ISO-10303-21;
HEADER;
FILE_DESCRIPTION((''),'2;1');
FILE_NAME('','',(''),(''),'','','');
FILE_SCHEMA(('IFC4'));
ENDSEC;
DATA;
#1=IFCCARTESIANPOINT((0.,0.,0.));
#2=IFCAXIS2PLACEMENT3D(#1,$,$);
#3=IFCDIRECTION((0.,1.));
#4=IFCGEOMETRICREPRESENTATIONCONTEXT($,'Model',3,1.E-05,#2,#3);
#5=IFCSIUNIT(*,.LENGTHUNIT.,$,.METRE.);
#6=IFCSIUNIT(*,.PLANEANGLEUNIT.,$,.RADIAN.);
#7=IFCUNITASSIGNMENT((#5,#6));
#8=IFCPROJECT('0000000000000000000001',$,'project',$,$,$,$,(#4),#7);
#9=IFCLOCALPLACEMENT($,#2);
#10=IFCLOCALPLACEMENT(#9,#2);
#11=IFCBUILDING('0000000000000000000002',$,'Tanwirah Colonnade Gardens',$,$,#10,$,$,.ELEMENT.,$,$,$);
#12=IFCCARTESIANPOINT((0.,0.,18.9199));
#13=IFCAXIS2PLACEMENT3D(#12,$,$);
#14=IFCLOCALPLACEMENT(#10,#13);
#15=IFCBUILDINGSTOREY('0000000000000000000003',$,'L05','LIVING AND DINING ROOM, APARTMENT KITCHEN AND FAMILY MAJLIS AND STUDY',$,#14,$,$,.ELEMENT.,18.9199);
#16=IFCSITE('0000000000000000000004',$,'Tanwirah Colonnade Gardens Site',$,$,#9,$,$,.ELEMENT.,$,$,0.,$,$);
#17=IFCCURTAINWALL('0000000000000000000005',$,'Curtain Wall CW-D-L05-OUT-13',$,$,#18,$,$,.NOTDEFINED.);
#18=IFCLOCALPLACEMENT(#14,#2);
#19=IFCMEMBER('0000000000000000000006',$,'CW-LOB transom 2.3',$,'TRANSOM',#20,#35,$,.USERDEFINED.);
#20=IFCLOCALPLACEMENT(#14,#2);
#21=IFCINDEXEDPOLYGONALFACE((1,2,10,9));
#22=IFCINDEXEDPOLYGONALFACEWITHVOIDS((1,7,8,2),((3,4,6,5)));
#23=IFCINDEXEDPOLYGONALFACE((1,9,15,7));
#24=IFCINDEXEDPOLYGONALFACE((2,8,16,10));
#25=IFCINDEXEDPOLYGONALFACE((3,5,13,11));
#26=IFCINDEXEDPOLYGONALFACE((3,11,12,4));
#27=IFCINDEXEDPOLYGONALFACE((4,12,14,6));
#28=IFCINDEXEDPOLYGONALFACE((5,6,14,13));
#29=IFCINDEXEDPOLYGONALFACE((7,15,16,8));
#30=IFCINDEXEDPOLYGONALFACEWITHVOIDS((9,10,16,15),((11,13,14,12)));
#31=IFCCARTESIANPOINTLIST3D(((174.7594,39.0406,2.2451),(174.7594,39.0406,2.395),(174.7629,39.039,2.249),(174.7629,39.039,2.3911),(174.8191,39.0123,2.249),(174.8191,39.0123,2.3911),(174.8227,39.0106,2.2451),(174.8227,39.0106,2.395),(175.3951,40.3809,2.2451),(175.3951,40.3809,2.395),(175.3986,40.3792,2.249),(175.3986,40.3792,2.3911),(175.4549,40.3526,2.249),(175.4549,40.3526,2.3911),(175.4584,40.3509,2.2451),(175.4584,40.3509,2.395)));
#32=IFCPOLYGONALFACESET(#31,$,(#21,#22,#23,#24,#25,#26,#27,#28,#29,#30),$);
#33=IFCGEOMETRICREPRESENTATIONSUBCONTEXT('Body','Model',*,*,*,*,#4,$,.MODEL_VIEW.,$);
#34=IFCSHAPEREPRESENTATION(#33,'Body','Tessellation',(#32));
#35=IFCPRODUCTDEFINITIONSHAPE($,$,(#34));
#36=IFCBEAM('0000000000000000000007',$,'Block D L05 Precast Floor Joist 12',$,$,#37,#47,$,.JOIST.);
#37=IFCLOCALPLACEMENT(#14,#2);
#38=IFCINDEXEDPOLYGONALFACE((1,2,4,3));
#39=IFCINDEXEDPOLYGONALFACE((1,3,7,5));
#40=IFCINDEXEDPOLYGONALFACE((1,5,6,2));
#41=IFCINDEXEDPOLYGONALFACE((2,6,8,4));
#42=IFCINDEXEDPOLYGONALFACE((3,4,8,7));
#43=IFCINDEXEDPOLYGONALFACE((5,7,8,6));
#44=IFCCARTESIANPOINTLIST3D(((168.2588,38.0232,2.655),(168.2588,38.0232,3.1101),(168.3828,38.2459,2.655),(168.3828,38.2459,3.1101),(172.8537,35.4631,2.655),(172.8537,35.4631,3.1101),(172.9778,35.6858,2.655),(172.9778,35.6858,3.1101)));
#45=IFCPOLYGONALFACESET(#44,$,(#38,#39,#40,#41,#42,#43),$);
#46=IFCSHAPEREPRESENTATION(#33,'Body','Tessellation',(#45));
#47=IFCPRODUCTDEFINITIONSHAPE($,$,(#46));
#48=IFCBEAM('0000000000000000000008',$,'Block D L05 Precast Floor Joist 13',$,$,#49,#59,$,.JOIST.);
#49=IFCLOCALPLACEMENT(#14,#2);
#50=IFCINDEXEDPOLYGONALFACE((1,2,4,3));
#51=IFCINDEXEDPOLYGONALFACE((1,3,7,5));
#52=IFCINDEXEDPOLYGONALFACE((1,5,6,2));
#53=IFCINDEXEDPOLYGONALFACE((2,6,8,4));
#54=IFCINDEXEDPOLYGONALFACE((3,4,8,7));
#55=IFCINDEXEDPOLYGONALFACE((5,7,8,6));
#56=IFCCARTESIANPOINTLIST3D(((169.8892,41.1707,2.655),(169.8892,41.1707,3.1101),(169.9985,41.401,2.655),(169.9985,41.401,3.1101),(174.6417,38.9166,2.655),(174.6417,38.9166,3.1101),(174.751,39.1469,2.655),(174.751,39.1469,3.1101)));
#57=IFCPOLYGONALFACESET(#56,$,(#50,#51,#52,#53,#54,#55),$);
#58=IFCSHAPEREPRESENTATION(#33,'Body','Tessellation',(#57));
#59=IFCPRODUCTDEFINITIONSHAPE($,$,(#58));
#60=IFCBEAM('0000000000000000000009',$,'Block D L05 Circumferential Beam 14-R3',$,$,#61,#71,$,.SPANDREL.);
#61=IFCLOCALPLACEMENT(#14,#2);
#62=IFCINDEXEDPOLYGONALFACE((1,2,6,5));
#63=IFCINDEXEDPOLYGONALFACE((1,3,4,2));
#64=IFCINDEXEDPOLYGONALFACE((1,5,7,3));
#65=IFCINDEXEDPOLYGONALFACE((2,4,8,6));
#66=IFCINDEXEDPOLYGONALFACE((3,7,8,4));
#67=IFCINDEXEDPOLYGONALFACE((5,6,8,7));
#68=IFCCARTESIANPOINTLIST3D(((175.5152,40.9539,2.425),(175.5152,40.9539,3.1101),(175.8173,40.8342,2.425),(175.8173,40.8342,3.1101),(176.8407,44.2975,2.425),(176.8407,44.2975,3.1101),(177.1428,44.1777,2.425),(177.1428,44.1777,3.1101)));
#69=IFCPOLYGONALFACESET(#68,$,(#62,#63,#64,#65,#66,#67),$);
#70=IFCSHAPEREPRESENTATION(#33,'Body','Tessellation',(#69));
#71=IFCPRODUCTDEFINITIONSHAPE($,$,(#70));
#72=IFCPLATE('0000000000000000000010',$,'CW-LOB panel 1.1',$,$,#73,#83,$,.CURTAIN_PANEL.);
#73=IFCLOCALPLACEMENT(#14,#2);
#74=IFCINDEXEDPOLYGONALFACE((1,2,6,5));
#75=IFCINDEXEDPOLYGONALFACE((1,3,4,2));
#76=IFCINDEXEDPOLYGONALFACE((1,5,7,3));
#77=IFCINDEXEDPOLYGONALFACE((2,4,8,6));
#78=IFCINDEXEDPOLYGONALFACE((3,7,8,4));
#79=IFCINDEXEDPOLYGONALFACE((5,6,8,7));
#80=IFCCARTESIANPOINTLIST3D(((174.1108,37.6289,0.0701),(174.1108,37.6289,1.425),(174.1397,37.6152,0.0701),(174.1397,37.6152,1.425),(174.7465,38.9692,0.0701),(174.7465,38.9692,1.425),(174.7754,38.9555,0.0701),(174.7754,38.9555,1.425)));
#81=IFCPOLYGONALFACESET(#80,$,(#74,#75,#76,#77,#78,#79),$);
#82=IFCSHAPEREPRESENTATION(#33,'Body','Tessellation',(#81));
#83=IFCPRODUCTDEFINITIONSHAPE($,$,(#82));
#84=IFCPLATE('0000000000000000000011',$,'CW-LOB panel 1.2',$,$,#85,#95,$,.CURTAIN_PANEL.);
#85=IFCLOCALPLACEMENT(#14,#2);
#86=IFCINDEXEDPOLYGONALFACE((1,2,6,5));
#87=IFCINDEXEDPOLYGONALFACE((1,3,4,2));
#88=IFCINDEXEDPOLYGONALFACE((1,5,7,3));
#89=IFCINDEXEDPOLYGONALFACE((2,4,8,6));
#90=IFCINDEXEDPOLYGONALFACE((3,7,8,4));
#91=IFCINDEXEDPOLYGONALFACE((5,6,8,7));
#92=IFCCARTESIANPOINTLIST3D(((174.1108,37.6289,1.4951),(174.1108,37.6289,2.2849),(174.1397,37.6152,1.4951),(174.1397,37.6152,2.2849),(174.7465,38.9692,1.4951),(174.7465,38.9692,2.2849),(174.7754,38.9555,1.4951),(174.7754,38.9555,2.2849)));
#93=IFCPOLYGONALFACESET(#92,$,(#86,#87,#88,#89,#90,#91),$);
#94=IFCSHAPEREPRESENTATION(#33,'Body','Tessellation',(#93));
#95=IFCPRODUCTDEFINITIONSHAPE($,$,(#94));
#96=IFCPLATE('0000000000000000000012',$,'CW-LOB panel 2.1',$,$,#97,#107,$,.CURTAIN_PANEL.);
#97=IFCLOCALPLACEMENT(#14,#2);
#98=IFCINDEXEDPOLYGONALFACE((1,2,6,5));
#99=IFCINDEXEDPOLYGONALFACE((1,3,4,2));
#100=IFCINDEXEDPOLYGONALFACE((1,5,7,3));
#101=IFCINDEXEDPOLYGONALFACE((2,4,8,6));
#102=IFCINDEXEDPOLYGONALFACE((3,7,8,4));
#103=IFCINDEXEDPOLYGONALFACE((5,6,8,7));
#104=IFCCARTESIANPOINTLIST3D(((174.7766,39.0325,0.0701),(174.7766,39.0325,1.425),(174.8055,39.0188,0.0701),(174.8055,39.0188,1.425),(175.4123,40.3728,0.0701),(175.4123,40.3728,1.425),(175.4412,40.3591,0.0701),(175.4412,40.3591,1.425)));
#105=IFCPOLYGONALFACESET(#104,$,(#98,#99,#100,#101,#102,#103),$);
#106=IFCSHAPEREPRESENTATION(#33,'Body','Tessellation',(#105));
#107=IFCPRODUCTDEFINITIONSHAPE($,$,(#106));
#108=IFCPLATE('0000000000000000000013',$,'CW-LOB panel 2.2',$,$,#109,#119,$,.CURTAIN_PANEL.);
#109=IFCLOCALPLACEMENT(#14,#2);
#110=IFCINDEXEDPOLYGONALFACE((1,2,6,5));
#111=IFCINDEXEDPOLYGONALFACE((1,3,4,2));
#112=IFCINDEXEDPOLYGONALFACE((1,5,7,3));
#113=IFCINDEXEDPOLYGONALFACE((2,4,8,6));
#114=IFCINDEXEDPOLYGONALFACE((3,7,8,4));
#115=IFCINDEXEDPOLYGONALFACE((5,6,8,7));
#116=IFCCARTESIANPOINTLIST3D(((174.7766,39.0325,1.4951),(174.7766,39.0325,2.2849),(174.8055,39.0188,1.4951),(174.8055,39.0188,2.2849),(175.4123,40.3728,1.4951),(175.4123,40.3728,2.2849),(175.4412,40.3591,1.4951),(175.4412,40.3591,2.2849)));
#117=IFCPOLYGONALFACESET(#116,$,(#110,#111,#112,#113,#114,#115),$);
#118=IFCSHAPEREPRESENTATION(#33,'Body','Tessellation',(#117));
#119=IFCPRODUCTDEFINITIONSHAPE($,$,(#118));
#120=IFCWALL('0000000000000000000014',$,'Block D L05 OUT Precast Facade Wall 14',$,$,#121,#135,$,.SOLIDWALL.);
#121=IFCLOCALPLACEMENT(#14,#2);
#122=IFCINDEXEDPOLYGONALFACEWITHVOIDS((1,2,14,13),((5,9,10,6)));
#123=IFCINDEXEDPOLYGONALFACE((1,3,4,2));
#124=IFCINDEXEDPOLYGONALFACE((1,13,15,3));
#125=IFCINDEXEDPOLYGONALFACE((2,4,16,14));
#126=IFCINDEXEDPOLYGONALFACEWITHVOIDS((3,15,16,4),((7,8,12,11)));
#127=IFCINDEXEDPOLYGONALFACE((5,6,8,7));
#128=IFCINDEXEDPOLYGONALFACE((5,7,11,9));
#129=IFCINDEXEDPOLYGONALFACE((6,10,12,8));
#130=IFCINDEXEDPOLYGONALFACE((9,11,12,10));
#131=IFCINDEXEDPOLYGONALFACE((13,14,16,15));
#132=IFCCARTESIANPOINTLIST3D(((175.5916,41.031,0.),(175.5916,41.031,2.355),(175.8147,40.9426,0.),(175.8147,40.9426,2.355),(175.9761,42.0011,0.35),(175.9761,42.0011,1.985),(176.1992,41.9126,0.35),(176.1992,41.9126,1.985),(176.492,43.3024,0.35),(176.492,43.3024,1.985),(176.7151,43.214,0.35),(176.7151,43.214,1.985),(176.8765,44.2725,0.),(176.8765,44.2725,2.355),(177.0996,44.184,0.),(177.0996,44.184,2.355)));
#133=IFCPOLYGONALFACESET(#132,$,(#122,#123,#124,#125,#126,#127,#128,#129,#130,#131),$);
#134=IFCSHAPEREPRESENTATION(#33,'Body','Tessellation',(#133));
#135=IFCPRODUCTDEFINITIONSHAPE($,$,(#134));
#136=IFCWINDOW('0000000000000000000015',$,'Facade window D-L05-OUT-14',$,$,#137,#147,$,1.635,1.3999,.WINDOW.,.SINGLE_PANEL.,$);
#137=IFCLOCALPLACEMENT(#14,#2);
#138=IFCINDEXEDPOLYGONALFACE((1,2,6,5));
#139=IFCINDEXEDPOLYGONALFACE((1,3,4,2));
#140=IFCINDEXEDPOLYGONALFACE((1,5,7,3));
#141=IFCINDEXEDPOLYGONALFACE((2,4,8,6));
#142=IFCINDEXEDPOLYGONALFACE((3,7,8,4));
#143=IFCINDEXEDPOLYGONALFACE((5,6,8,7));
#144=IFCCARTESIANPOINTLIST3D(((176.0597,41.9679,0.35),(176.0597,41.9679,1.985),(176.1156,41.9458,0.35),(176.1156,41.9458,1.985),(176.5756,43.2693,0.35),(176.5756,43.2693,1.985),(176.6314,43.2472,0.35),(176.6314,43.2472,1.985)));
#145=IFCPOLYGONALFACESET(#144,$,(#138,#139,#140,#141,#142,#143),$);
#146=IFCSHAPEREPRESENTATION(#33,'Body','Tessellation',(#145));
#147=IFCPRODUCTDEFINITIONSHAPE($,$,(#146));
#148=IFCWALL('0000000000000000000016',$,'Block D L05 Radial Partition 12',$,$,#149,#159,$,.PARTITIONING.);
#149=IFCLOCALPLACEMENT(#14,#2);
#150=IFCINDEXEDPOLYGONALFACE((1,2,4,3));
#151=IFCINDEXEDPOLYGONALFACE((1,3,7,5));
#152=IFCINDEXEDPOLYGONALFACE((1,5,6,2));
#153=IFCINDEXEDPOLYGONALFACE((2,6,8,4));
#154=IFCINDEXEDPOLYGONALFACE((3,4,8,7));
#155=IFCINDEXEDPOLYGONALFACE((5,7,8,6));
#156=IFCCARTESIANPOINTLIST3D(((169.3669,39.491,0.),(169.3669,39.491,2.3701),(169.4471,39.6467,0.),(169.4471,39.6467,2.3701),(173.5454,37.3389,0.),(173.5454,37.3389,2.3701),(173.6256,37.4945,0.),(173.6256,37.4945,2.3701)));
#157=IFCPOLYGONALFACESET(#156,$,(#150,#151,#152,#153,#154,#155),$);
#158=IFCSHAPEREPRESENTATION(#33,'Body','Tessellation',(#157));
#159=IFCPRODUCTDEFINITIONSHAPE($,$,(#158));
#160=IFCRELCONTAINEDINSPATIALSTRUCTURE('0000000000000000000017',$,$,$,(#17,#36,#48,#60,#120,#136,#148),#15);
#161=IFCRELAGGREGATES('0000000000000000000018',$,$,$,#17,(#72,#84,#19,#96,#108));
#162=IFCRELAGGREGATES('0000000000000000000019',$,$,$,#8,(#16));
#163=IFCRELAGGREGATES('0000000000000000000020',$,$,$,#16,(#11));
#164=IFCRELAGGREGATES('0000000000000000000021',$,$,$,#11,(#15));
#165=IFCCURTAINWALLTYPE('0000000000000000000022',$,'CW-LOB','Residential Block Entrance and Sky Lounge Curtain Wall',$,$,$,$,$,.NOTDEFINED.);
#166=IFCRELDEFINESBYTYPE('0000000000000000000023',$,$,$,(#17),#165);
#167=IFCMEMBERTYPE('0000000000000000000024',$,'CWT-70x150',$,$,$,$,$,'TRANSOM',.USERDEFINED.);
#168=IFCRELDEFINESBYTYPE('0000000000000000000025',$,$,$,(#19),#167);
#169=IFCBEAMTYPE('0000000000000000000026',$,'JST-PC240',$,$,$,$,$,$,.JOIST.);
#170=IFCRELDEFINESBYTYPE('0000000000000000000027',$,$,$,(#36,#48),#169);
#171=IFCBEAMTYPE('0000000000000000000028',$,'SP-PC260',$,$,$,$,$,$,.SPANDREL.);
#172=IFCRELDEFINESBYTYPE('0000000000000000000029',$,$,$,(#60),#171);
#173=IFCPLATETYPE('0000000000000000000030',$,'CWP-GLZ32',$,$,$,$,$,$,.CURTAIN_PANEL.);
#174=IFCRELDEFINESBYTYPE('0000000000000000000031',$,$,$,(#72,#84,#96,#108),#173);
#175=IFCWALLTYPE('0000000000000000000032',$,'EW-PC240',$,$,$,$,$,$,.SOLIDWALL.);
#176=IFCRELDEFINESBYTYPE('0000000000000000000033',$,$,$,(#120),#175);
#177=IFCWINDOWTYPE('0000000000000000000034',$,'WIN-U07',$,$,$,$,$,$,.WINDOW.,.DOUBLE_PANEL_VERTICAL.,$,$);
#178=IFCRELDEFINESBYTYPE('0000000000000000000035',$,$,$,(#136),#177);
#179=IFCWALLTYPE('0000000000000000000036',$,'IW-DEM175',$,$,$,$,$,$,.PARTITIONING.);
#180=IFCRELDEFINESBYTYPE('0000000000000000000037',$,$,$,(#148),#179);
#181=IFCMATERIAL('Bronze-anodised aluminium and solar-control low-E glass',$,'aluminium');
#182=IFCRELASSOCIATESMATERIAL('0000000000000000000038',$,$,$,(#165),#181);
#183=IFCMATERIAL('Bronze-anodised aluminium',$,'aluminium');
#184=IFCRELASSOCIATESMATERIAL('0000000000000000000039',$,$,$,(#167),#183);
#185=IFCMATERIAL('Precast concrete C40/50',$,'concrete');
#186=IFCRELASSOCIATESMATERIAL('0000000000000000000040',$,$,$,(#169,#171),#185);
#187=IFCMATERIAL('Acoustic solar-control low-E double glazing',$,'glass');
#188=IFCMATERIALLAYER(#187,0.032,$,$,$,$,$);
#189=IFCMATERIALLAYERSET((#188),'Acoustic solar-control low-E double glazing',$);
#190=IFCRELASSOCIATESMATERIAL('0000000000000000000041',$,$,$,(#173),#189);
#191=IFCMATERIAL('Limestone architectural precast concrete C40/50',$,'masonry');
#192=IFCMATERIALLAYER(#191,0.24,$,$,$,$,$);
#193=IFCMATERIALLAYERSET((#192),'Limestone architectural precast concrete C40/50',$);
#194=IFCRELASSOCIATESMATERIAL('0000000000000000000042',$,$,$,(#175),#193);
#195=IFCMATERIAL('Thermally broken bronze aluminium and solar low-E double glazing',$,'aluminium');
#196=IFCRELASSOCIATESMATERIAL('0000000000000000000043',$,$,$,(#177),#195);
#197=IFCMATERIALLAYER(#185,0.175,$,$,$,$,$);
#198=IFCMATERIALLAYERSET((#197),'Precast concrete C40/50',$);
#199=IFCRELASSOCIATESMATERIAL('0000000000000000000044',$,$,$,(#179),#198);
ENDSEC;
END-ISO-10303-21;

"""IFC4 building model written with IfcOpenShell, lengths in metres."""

from ifc_helpers import new_model, si_unit, direction, frame, frame_2d, origin, origin_2d, place, context, subcontext, project, spatial, rectangle, hollow_rectangle, extrude, material, layer, layer_set, material_profile, profile_set, type_object, element, fill, aggregate, save


model = new_model("IFC4")

# Units and contexts
model_context = context("Model", 3, precision=1e-05, world=origin(), true_north=direction((0.0, 1.0)))
body_context = subcontext(model_context, "Body", "Model", "MODEL_VIEW")
ifc_project = project(units=[si_unit("LENGTHUNIT", "METRE"), si_unit("PLANEANGLEUNIT", "RADIAN")], contexts=[model_context])

# Site, building, storey
site_placement = place(None, origin())
site = spatial("IfcSite", under=ifc_project, at=site_placement, Name="Tanwirah Colonnade Gardens Site", CompositionType="ELEMENT", RefElevation=0.0)
building_placement = place(site_placement, origin())
building = spatial("IfcBuilding", under=site, at=building_placement, Name="Tanwirah Colonnade Gardens", CompositionType="ELEMENT")
storey_placement = place(building_placement, frame((0.0, 0.0, 18.9199)))
storey = spatial("IfcBuildingStorey", under=building, at=storey_placement, Name="L05", Description="LIVING AND DINING ROOM, APARTMENT KITCHEN AND FAMILY MAJLIS AND STUDY", CompositionType="ELEMENT", Elevation=18.9199)

# Shared definitions
ifc_material_1 = material(Name="Precast concrete C40/50", Category="concrete")

# Curtain wall, member
ifc_material_2 = material(Name="Bronze-anodised aluminium and solar-control low-E glass", Category="aluminium")
curtain_wall_type = type_object("IfcCurtainWallType", Name="CW-LOB", Description="Residential Block Entrance and Sky Lounge Curtain Wall", PredefinedType="NOTDEFINED", material=ifc_material_2)
curtain_wall_placement = place(storey_placement, origin())
curtain_wall = element("IfcCurtainWall", 1, at=curtain_wall_placement, inside=storey, type_object=curtain_wall_type, Name="Curtain Wall CW-D-L05-OUT-13", PredefinedType="NOTDEFINED")
ifc_material_3 = material(Name="Bronze-anodised aluminium", Category="aluminium")
ifc_material_profile_1 = material_profile(ifc_material_3, hollow_rectangle(XDim=0.0701, YDim=0.1499, WallThickness=0.0039, at=origin_2d()), Name="CW-TRN 70x150x4")
ifc_profile_set_1 = profile_set([ifc_material_profile_1], Name="Bronze-anodised aluminium")
member_type_1 = type_object("IfcMemberType", Name="CWT-70x150", ElementType="TRANSOM", PredefinedType="USERDEFINED", material=ifc_profile_set_1)
member_1_placement = place(storey_placement, frame((174.791, 39.0256, 2.3201), z_axis=(0.428553, 0.903517, 0.0), x_axis=(-0.903517, 0.428553, 0.0)))
member_1 = element("IfcMember", 2, at=member_1_placement, type_object=member_type_1, Name="CW-LOB transom 2.3", ObjectType="TRANSOM", PredefinedType="USERDEFINED", context=body_context, shape_type="SweptSolid", body=[
    extrude(hollow_rectangle(XDim=0.0701, YDim=0.1499, WallThickness=0.0039, at=origin_2d()), origin(), (0.0, 0.0, 1.0), 1.4834),
])

# Beams
ifc_material_profile_2 = material_profile(ifc_material_1, rectangle(XDim=0.2549, YDim=0.4551, at=origin_2d()), Name="PC-JST 255x455")
ifc_profile_set_2 = profile_set([ifc_material_profile_2], Name="Precast concrete C40/50")
beam_type_1 = type_object("IfcBeamType", Name="JST-PC240", PredefinedType="JOIST", material=ifc_profile_set_2)
for number, where, z_axis, x_axis, name in (
    (3, (168.3208, 38.1345, 2.8826), (0.873568, -0.486703, 0.0), (0.486703, 0.873568, 0.0), "Block D L05 Precast Floor Joist 12"),
    (4, (169.9438, 41.2859, 2.8826), (0.903518, -0.428551, 0.0), (0.428551, 0.903518, 0.0), "Block D L05 Precast Floor Joist 13"),
):
    element("IfcBeam", number, at=place(storey_placement, frame(where, z_axis=z_axis, x_axis=x_axis)), inside=storey, type_object=beam_type_1, Name=name, PredefinedType="JOIST", context=body_context, shape_type="SweptSolid", body=[
        extrude(rectangle(XDim=0.2549, YDim=0.4551, at=origin_2d()), origin(), (0.0, 0.0, 1.0), 5.26),
    ])
ifc_material_profile_3 = material_profile(ifc_material_1, rectangle(XDim=0.325, YDim=0.6851, at=origin_2d()), Name="PC-SP 325x685")
ifc_profile_set_3 = profile_set([ifc_material_profile_3], Name="Precast concrete C40/50")
beam_type_2 = type_object("IfcBeamType", Name="SP-PC260", PredefinedType="SPANDREL", material=ifc_profile_set_3)
beam_1_placement = place(storey_placement, frame((175.6663, 40.894, 2.7676), z_axis=(0.368522, 0.929619, 0.0), x_axis=(-0.929619, 0.368522, 0.0)))
element("IfcBeam", 5, at=beam_1_placement, inside=storey, type_object=beam_type_2, Name="Block D L05 Circumferential Beam 14-R3", PredefinedType="SPANDREL", context=body_context, shape_type="SweptSolid", body=[
    extrude(rectangle(XDim=0.325, YDim=0.6851, at=origin_2d()), origin(), (0.0, 0.0, 1.0), 3.5967),
])

# Plates
ifc_material_4 = material(Name="Acoustic solar-control low-E double glazing", Category="glass")
ifc_layer_1 = layer(ifc_material_4, 0.032)
ifc_layer_set_1 = layer_set([ifc_layer_1], Name="Acoustic solar-control low-E double glazing")
plate_type = type_object("IfcPlateType", Name="CWP-GLZ32", PredefinedType="CURTAIN_PANEL", material=ifc_layer_set_1)
plate_1_placement = place(storey_placement, frame((174.4431, 38.2922, 0.0701), z_axis=(0.0, 0.0, 1.0), x_axis=(0.42854, 0.903523, 0.0)))
plate_1 = element("IfcPlate", 6, at=plate_1_placement, type_object=plate_type, Name="CW-LOB panel 1.1", PredefinedType="CURTAIN_PANEL", context=body_context, shape_type="SweptSolid", body=[
    extrude(rectangle(XDim=1.4834, YDim=0.032, at=origin_2d()), origin(), (0.0, 0.0, 1.0), 1.355),
])
plate_2_placement = place(storey_placement, frame((174.4431, 38.2922, 1.4951), z_axis=(0.0, 0.0, 1.0), x_axis=(0.42854, 0.903523, 0.0)))
plate_2 = element("IfcPlate", 7, at=plate_2_placement, type_object=plate_type, Name="CW-LOB panel 1.2", PredefinedType="CURTAIN_PANEL", context=body_context, shape_type="SweptSolid", body=[
    extrude(rectangle(XDim=1.4834, YDim=0.032, at=origin_2d()), origin(), (0.0, 0.0, 1.0), 0.7898),
])
plate_3_placement = place(storey_placement, frame((175.1089, 39.6958, 0.0701), z_axis=(0.0, 0.0, 1.0), x_axis=(0.42854, 0.903523, 0.0)))
plate_3 = element("IfcPlate", 8, at=plate_3_placement, type_object=plate_type, Name="CW-LOB panel 2.1", PredefinedType="CURTAIN_PANEL", context=body_context, shape_type="SweptSolid", body=[
    extrude(rectangle(XDim=1.4834, YDim=0.032, at=origin_2d()), origin(), (0.0, 0.0, 1.0), 1.355),
])
plate_4_placement = place(storey_placement, frame((175.1089, 39.6958, 1.4951), z_axis=(0.0, 0.0, 1.0), x_axis=(0.42854, 0.903523, 0.0)))
plate_4 = element("IfcPlate", 9, at=plate_4_placement, type_object=plate_type, Name="CW-LOB panel 2.2", PredefinedType="CURTAIN_PANEL", context=body_context, shape_type="SweptSolid", body=[
    extrude(rectangle(XDim=1.4834, YDim=0.032, at=origin_2d()), origin(), (0.0, 0.0, 1.0), 0.7898),
])
aggregate(curtain_wall, [plate_1, plate_2, member_1, plate_3, plate_4])

# Wall, opening, window
ifc_material_5 = material(Name="Limestone architectural precast concrete C40/50", Category="masonry")
ifc_layer_2 = layer(ifc_material_5, 0.24)
ifc_layer_set_2 = layer_set([ifc_layer_2], Name="Limestone architectural precast concrete C40/50")
wall_type_1 = type_object("IfcWallType", Name="EW-PC240", PredefinedType="SOLIDWALL", material=ifc_layer_set_2)
wall_1_placement = place(storey_placement, frame((175.7031, 40.9868, 0.0), z_axis=(0.0, 0.0, 1.0), x_axis=(0.368504, 0.929626, 0.0)))
wall_1 = element("IfcWall", 10, at=wall_1_placement, inside=storey, type_object=wall_type_1, Name="Block D L05 OUT Precast Facade Wall 14", PredefinedType="SOLIDWALL", context=body_context, shape_type="SweptSolid", body=[
    extrude(rectangle(XDim=3.4868, YDim=0.24, at=frame_2d((1.7434, 0.0))), origin(), (0.0, 0.0, 1.0), 2.355),
])
opening_1_placement = place(wall_1_placement, frame((1.0435, 0.0, 0.3501)))
opening_1 = element("IfcOpeningElement", 11, at=opening_1_placement, cuts=wall_1, PredefinedType="OPENING", context=body_context, shape_type="SweptSolid", body=[
    extrude(rectangle(XDim=1.3999, YDim=1.635, at=frame_2d((0.7, 0.8174))), frame((0.0, 0.1299, 0.0), z_axis=(0.0, -1.0, 0.0), x_axis=(1.0, 0.0, 0.0)), (0.0, 0.0, 1.0), 0.26),
])
ifc_material_6 = material(Name="Thermally broken bronze aluminium and solar low-E double glazing", Category="aluminium")
window_type = type_object("IfcWindowType", Name="WIN-U07", PartitioningType="DOUBLE_PANEL_VERTICAL", PredefinedType="WINDOW", material=ifc_material_6)
window_placement = place(opening_1_placement, origin())
window = element("IfcWindow", 12, at=window_placement, inside=storey, type_object=window_type, Name="Facade window D-L05-OUT-14", OverallHeight=1.635, OverallWidth=1.3999, PartitioningType="SINGLE_PANEL", PredefinedType="WINDOW", context=body_context, shape_type="SweptSolid", body=[
    extrude(rectangle(XDim=1.3999, YDim=1.635, at=frame_2d((0.7, 0.8174))), frame((0.0, 0.03, 0.0), z_axis=(0.0, -1.0, 0.0), x_axis=(1.0, 0.0, 0.0)), (0.0, 0.0, 1.0), 0.0601),
])
fill(opening_1, window)

# Wall
ifc_layer_3 = layer(ifc_material_1, 0.175)
ifc_layer_set_3 = layer_set([ifc_layer_3], Name="Precast concrete C40/50")
wall_type_2 = type_object("IfcWallType", Name="IW-DEM175", PredefinedType="PARTITIONING", material=ifc_layer_set_3)
wall_2_placement = place(storey_placement, frame((169.407, 39.5688, 0.0), z_axis=(0.0, 0.0, 1.0), x_axis=(0.889013, -0.457882, 0.0)))
element("IfcWall", 13, at=wall_2_placement, inside=storey, type_object=wall_type_2, Name="Block D L05 Radial Partition 12", PredefinedType="PARTITIONING", context=body_context, shape_type="SweptSolid", body=[
    extrude(rectangle(XDim=4.7002, YDim=0.175, at=frame_2d((2.3501, 0.0))), origin(), (0.0, 0.0, 1.0), 2.3701),
])

save(model, "model.ifc")
